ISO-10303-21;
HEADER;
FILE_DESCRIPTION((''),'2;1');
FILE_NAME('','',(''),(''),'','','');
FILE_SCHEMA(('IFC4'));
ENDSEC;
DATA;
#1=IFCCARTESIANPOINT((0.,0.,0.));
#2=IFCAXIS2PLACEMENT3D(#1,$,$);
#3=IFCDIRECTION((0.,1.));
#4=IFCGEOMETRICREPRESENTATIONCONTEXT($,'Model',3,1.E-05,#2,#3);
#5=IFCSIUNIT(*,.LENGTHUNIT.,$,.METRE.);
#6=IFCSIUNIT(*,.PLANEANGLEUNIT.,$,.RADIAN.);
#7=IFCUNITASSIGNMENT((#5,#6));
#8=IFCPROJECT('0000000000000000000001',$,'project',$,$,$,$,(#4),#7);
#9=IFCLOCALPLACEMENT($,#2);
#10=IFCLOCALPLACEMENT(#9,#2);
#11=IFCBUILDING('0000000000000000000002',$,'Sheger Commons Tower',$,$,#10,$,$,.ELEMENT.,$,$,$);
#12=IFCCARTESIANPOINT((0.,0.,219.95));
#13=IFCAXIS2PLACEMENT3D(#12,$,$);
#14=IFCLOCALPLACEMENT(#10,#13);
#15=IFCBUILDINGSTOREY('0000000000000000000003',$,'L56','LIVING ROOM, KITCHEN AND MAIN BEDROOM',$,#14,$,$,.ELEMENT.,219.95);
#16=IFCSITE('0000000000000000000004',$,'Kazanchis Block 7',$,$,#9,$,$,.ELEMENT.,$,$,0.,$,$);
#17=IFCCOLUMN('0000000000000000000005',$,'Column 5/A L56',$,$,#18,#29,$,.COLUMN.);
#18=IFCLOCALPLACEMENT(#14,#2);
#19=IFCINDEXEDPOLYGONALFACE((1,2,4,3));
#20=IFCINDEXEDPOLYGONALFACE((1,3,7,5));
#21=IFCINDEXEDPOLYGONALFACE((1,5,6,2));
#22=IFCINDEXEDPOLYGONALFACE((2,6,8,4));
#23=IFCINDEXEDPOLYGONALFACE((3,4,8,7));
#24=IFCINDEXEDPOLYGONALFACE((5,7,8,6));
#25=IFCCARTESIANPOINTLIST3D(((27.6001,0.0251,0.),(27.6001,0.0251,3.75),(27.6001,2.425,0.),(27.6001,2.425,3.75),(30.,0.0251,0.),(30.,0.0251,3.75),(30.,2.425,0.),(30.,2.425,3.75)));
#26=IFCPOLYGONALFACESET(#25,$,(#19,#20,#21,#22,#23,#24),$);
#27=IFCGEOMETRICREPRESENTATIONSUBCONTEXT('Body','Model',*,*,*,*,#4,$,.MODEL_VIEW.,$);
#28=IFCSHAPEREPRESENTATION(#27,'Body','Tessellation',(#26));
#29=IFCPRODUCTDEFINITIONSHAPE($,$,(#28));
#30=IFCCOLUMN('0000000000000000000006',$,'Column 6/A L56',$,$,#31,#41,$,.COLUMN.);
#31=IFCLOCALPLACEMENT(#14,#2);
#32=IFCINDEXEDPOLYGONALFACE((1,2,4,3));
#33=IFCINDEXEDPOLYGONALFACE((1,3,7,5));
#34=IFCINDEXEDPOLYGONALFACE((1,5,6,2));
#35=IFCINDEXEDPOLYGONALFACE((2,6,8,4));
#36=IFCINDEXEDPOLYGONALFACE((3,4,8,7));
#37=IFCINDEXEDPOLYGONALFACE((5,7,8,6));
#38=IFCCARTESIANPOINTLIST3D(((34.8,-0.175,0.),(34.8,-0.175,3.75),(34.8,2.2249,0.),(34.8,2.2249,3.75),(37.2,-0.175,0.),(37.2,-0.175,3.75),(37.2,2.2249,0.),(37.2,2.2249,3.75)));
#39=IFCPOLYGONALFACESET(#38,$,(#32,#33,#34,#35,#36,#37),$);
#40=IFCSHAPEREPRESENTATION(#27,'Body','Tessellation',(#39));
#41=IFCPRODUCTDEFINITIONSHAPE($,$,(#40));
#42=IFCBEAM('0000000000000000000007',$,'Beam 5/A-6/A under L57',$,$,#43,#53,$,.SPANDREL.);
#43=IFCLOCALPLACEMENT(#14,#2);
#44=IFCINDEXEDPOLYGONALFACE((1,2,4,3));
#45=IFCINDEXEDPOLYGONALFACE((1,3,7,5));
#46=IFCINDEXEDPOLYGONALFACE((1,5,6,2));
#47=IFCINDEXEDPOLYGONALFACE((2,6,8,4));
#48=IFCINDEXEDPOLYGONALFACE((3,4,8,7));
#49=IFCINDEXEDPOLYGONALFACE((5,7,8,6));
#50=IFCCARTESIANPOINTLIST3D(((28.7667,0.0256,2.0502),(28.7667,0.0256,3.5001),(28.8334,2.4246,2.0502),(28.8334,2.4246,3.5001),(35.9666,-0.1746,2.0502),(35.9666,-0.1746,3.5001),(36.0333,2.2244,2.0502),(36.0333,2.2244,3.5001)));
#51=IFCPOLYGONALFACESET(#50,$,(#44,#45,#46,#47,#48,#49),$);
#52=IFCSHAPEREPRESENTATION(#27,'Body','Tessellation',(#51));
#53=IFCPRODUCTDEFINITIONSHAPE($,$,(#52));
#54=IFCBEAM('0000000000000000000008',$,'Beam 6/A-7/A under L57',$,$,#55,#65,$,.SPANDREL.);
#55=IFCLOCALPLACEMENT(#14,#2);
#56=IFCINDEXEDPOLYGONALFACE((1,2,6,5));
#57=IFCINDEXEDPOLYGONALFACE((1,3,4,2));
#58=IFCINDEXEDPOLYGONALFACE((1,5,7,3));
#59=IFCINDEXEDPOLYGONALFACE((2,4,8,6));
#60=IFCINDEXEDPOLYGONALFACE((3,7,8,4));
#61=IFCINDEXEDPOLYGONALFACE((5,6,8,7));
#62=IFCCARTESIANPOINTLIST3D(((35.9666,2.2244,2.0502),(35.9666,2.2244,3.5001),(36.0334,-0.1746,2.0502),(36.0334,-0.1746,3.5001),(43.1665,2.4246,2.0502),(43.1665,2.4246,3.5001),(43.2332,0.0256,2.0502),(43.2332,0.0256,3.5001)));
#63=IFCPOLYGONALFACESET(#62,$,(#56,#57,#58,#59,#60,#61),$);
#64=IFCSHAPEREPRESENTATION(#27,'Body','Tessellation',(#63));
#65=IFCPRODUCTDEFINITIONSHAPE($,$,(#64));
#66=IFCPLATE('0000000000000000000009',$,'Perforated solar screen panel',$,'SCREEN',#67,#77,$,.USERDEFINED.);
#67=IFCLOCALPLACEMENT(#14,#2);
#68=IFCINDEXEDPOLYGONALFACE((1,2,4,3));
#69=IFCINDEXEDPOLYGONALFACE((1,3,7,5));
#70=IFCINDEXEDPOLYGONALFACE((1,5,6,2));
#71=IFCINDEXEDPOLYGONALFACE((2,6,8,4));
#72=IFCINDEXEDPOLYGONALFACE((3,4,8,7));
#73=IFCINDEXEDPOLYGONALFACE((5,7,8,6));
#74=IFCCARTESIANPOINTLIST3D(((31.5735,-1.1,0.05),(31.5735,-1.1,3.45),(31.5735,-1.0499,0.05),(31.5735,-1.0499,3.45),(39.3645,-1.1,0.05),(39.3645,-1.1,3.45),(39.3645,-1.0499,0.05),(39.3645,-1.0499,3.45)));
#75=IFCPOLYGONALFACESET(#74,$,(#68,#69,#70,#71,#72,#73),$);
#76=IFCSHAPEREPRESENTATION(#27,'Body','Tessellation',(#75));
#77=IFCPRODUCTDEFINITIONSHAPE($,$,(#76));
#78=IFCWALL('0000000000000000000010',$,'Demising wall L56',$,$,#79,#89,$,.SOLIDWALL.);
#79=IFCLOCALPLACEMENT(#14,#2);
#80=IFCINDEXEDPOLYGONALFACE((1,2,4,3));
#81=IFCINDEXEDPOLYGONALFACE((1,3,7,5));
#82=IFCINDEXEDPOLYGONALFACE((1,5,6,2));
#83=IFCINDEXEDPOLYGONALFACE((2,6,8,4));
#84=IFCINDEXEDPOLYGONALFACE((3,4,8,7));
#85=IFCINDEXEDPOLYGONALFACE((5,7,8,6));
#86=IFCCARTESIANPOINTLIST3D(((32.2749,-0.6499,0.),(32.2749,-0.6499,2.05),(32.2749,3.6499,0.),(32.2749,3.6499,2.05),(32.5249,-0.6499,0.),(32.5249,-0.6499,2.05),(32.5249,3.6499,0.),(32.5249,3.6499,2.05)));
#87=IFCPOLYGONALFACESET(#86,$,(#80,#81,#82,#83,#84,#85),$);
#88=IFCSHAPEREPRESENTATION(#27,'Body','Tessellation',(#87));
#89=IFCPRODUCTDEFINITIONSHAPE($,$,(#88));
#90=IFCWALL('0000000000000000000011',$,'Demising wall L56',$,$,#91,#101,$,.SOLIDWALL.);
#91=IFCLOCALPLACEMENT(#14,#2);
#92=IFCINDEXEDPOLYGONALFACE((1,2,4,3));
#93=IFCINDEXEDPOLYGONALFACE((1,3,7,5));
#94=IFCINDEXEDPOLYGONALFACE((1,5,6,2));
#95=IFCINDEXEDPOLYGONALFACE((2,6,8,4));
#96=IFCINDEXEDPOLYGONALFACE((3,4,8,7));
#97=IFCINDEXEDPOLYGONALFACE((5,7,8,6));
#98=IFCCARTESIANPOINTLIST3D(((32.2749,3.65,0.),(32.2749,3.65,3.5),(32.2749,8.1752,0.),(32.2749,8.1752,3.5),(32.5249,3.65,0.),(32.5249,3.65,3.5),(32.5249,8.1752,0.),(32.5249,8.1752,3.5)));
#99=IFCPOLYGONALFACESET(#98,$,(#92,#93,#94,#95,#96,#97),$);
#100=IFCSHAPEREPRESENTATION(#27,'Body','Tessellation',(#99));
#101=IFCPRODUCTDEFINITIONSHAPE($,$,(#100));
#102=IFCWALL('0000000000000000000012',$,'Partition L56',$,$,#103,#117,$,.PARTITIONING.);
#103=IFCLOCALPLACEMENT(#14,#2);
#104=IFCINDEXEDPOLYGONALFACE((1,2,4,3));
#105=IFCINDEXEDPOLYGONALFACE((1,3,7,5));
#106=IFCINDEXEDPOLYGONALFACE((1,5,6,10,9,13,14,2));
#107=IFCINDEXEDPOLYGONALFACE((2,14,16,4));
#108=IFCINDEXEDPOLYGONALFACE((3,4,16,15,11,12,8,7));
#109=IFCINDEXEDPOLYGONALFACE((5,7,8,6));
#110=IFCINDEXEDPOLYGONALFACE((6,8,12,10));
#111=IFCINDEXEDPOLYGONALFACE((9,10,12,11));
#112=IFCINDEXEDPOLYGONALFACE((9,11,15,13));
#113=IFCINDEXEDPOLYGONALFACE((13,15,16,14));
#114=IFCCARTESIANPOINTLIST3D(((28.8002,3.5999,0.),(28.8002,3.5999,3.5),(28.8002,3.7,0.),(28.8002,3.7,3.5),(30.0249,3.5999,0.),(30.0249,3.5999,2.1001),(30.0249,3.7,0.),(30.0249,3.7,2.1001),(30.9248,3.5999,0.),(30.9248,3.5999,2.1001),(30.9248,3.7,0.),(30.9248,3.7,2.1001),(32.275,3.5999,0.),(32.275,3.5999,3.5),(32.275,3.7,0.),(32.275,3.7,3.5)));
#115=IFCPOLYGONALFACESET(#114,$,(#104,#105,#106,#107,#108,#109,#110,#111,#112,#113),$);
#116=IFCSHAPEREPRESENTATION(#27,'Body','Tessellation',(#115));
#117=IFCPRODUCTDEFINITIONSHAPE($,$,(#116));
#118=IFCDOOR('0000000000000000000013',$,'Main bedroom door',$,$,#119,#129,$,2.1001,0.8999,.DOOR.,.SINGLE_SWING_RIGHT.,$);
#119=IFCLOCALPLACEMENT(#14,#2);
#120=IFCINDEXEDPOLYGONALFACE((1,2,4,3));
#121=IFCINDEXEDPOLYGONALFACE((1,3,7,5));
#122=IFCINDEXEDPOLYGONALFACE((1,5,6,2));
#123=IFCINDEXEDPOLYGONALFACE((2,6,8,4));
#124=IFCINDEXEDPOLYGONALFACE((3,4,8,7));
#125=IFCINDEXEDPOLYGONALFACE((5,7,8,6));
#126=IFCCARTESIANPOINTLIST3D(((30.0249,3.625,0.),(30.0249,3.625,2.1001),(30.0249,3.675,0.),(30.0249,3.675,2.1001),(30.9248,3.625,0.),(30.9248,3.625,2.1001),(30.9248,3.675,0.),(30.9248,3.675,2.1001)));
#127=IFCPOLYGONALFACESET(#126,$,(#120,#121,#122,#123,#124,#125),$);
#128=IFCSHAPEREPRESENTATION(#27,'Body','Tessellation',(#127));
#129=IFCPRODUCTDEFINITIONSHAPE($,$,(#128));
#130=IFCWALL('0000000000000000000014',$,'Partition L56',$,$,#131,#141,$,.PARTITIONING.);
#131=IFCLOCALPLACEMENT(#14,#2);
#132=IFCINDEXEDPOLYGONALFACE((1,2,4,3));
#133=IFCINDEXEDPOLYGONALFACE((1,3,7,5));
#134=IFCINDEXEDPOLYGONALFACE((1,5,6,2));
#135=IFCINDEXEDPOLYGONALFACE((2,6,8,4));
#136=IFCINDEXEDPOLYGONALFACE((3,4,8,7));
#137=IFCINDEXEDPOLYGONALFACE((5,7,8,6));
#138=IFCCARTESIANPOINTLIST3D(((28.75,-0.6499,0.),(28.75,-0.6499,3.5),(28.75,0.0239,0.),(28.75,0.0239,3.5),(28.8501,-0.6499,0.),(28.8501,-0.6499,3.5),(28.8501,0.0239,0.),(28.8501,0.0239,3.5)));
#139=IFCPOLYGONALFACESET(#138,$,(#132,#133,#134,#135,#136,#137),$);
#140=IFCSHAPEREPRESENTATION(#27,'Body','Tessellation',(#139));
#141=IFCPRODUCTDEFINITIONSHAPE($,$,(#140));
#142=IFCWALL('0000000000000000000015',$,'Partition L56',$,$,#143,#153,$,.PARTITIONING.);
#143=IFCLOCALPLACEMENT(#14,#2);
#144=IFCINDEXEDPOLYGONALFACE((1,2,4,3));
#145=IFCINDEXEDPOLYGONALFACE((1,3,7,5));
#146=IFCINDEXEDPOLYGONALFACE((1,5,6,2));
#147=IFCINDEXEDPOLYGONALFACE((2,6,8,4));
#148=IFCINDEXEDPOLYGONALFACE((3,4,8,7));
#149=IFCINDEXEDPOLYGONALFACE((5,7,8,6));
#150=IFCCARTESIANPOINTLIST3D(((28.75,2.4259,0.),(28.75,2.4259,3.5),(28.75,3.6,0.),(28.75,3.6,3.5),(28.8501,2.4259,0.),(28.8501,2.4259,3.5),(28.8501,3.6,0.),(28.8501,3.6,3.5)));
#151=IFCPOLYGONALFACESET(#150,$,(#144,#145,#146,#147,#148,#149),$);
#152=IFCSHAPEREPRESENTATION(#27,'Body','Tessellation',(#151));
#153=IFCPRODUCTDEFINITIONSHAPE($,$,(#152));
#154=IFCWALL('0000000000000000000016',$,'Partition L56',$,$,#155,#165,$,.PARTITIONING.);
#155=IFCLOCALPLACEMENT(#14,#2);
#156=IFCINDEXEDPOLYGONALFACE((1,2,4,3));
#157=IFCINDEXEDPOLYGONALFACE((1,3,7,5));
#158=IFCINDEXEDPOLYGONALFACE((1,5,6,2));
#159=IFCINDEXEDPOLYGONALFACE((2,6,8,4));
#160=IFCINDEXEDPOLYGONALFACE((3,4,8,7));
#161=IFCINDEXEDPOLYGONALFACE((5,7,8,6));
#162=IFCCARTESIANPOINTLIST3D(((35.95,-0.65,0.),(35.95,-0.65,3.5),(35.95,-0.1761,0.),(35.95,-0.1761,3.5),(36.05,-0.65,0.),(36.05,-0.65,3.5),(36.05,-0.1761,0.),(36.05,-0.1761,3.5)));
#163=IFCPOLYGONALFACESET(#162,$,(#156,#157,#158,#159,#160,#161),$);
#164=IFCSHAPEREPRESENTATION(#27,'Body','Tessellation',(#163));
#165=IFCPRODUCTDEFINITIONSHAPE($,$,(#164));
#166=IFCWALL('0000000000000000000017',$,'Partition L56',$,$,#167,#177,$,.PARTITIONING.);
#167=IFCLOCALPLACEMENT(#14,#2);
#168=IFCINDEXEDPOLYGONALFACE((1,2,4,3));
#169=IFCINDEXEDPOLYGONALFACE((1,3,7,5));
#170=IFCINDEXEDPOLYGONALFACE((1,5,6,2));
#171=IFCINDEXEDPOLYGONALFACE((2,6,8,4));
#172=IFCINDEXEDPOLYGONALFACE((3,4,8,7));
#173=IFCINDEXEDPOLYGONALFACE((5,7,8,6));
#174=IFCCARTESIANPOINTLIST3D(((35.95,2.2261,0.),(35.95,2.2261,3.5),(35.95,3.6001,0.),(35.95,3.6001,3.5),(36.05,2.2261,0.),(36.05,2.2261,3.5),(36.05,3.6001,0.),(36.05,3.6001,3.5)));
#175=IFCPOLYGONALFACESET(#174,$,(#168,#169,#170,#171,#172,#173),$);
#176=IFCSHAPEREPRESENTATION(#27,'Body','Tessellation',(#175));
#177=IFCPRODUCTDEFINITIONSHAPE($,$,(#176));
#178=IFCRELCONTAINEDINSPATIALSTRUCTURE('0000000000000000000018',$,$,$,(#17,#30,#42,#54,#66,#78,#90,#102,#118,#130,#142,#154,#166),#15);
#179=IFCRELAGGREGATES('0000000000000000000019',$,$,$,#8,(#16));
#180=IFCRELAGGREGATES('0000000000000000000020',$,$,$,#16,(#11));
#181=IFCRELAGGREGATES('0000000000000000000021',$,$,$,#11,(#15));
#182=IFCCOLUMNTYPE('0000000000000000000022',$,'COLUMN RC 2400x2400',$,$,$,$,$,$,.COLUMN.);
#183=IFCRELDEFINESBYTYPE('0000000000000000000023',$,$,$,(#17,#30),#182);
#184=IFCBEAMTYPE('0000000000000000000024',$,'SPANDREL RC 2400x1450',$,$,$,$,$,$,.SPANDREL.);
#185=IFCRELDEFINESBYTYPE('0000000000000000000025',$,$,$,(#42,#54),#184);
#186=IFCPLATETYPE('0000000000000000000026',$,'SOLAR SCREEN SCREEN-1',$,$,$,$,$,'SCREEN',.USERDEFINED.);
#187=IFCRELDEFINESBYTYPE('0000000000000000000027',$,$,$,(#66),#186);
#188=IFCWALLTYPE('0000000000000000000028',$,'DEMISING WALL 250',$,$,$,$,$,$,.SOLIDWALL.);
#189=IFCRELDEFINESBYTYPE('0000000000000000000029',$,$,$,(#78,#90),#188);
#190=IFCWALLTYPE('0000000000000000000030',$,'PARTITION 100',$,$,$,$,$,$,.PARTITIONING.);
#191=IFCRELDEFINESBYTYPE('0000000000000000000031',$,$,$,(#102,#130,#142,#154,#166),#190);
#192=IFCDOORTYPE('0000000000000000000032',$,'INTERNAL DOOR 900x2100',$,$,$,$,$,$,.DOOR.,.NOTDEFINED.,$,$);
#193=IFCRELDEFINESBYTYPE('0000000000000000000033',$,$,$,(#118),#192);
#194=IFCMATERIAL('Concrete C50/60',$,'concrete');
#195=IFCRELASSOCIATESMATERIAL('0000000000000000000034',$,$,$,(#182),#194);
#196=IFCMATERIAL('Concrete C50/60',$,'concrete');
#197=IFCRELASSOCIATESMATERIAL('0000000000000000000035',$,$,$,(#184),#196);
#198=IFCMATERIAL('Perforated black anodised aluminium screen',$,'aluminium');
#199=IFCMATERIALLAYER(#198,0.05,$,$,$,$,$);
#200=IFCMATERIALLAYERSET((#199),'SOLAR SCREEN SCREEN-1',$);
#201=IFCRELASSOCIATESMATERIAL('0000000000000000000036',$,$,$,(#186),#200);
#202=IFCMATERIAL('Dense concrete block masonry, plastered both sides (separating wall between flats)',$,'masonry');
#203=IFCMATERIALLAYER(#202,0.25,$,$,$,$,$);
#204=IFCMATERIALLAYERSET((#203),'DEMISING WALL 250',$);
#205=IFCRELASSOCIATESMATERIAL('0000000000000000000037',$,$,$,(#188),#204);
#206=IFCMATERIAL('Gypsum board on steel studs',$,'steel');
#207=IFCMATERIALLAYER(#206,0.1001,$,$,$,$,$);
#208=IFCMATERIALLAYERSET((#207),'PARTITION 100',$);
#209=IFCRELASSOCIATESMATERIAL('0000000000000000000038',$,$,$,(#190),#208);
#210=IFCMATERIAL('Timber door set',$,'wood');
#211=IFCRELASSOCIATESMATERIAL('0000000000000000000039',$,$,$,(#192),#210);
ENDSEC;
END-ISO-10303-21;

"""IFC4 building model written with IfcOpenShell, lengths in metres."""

from ifc_helpers import new_model, si_unit, direction, frame, frame_2d, origin, origin_2d, place, context, subcontext, project, spatial, rectangle, extrude, material, layer, layer_set, material_profile, profile_set, type_object, element, fill, save


model = new_model("IFC4")

# Units and contexts
model_context = context("Model", 3, precision=1e-05, world=origin(), true_north=direction((0.0, 1.0)))
body_context = subcontext(model_context, "Body", "Model", "MODEL_VIEW")
ifc_project = project(units=[si_unit("LENGTHUNIT", "METRE"), si_unit("PLANEANGLEUNIT", "RADIAN")], contexts=[model_context])

# Site, building, storey
site_placement = place(None, origin())
site = spatial("IfcSite", under=ifc_project, at=site_placement, Name="Kazanchis Block 7", CompositionType="ELEMENT", RefElevation=0.0)
building_placement = place(site_placement, origin())
building = spatial("IfcBuilding", under=site, at=building_placement, Name="Sheger Commons Tower", CompositionType="ELEMENT")
storey_placement = place(building_placement, frame((0.0, 0.0, 219.95)))
storey = spatial("IfcBuildingStorey", under=building, at=storey_placement, Name="L56", Description="LIVING ROOM, KITCHEN AND MAIN BEDROOM", CompositionType="ELEMENT", Elevation=219.95)

# Columns
ifc_material_1 = material(Name="Concrete C50/60", Category="concrete")
ifc_material_profile_1 = material_profile(ifc_material_1, rectangle(XDim=2.3999, YDim=2.3999, at=origin_2d()), Name="RC 2400x2400")
ifc_profile_set_1 = profile_set([ifc_material_profile_1], Name="Concrete C50/60")
column_type = type_object("IfcColumnType", Name="COLUMN RC 2400x2400", PredefinedType="COLUMN", material=ifc_profile_set_1)
for number, where, z_axis, x_axis, name in (
    (1, (28.8, 1.2251, 0.0), (0.0, 0.0, 1.0), (1.0, 0.0, 0.0), "Column 5/A L56"),
    (2, (36.0, 1.0249, 0.0), (0.0, 0.0, 1.0), (1.0, 0.0, 0.0), "Column 6/A L56"),
):
    element("IfcColumn", number, at=place(storey_placement, frame(where, z_axis=z_axis, x_axis=x_axis)), inside=storey, type_object=column_type, Name=name, PredefinedType="COLUMN", context=body_context, shape_type="SweptSolid", body=[
        extrude(rectangle(XDim=2.3999, YDim=2.3999, at=origin_2d()), origin(), (0.0, 0.0, 1.0), 3.75),
    ])

# Beams
ifc_material_2 = material(Name="Concrete C50/60", Category="concrete")
ifc_material_profile_2 = material_profile(ifc_material_2, rectangle(XDim=2.3999, YDim=1.45, at=origin_2d()), Name="RC 2400x1450")
ifc_profile_set_2 = profile_set([ifc_material_profile_2], Name="Concrete C50/60")
beam_type = type_object("IfcBeamType", Name="SPANDREL RC 2400x1450", PredefinedType="SPANDREL", material=ifc_profile_set_2)
for number, where, z_axis, x_axis, name in (
    (3, (28.8, 1.2251, 2.7751), (0.999614, -0.027794, 0.0), (0.027794, 0.999614, 0.0), "Beam 5/A-6/A under L57"),
    (4, (36.0, 1.0249, 2.7751), (0.999614, 0.027794, 0.0), (-0.027794, 0.999614, 0.0), "Beam 6/A-7/A under L57"),
):
    element("IfcBeam", number, at=place(storey_placement, frame(where, z_axis=z_axis, x_axis=x_axis)), inside=storey, type_object=beam_type, Name=name, PredefinedType="SPANDREL", context=body_context, shape_type="SweptSolid", body=[
        extrude(rectangle(XDim=2.3999, YDim=1.45, at=origin_2d()), origin(), (0.0, 0.0, 1.0), 7.2026),
    ])

# Plate
ifc_material_3 = material(Name="Perforated black anodised aluminium screen", Category="aluminium")
ifc_layer_1 = layer(ifc_material_3, 0.05)
ifc_layer_set_1 = layer_set([ifc_layer_1], Name="SOLAR SCREEN SCREEN-1")
plate_type = type_object("IfcPlateType", Name="SOLAR SCREEN SCREEN-1", ElementType="SCREEN", PredefinedType="USERDEFINED", material=ifc_layer_set_1)
plate_placement = place(storey_placement, frame((35.469, -1.075, 0.05), z_axis=(0.0, 0.0, 1.0), x_axis=(1.0, 0.0, 0.0)))
element("IfcPlate", 5, at=plate_placement, inside=storey, type_object=plate_type, Name="Perforated solar screen panel", ObjectType="SCREEN", PredefinedType="USERDEFINED", context=body_context, shape_type="SweptSolid", body=[
    extrude(rectangle(XDim=7.791, YDim=0.05, at=origin_2d()), origin(), (0.0, 0.0, 1.0), 3.3999),
])

# Walls
ifc_material_4 = material(Name="Dense concrete block masonry, plastered both sides (separating wall between flats)", Category="masonry")
ifc_layer_2 = layer(ifc_material_4, 0.25)
ifc_layer_set_2 = layer_set([ifc_layer_2], Name="DEMISING WALL 250")
wall_type_1 = type_object("IfcWallType", Name="DEMISING WALL 250", PredefinedType="SOLIDWALL", material=ifc_layer_set_2)
wall_1_placement = place(storey_placement, frame((32.3999, -0.6499, 0.0), z_axis=(0.0, 0.0, 1.0), x_axis=(0.0, 1.0, 0.0)))
element("IfcWall", 6, at=wall_1_placement, inside=storey, type_object=wall_type_1, Name="Demising wall L56", PredefinedType="SOLIDWALL", context=body_context, shape_type="SweptSolid", body=[
    extrude(rectangle(XDim=4.2998, YDim=0.25, at=frame_2d((2.1499, 0.0))), origin(), (0.0, 0.0, 1.0), 2.05),
])
wall_2_placement = place(storey_placement, frame((32.3999, 3.6499, 0.0), z_axis=(0.0, 0.0, 1.0), x_axis=(0.0, 1.0, 0.0)))
element("IfcWall", 7, at=wall_2_placement, inside=storey, type_object=wall_type_1, Name="Demising wall L56", PredefinedType="SOLIDWALL", context=body_context, shape_type="SweptSolid", body=[
    extrude(rectangle(XDim=4.5251, YDim=0.25, at=frame_2d((2.2627, 0.0))), origin(), (0.0, 0.0, 1.0), 3.5),
])

# Wall, opening, door
ifc_material_5 = material(Name="Gypsum board on steel studs", Category="steel")
ifc_layer_3 = layer(ifc_material_5, 0.1001)
ifc_layer_set_3 = layer_set([ifc_layer_3], Name="PARTITION 100")
wall_type_2 = type_object("IfcWallType", Name="PARTITION 100", PredefinedType="PARTITIONING", material=ifc_layer_set_3)
wall_3_placement = place(storey_placement, frame((32.2749, 3.6499, 0.0), z_axis=(0.0, 0.0, 1.0), x_axis=(-1.0, 0.0, 0.0)))
wall_3 = element("IfcWall", 8, at=wall_3_placement, inside=storey, type_object=wall_type_2, Name="Partition L56", PredefinedType="PARTITIONING", context=body_context, shape_type="SweptSolid", body=[
    extrude(rectangle(XDim=3.4749, YDim=0.1001, at=frame_2d((1.7373, 0.0))), origin(), (0.0, 0.0, 1.0), 3.5),
])
opening_placement = place(wall_3_placement, frame((1.3501, 0.0, 0.0)))
opening = element("IfcOpeningElement", 9, at=opening_placement, cuts=wall_3, PredefinedType="OPENING", context=body_context, shape_type="SweptSolid", body=[
    extrude(rectangle(XDim=0.8999, YDim=2.1001, at=frame_2d((0.45, 1.05))), frame((0.0, 0.0601, 0.0), z_axis=(0.0, -1.0, 0.0), x_axis=(1.0, 0.0, 0.0)), (0.0, 0.0, 1.0), 0.1201),
])
ifc_material_6 = material(Name="Timber door set", Category="wood")
door_type = type_object("IfcDoorType", Name="INTERNAL DOOR 900x2100", OperationType="NOTDEFINED", PredefinedType="DOOR", material=ifc_material_6)
door_placement = place(opening_placement, origin())
door = element("IfcDoor", 10, at=door_placement, inside=storey, type_object=door_type, Name="Main bedroom door", OperationType="SINGLE_SWING_RIGHT", OverallHeight=2.1001, OverallWidth=0.8999, PredefinedType="DOOR", context=body_context, shape_type="SweptSolid", body=[
    extrude(rectangle(XDim=0.8999, YDim=2.1001, at=frame_2d((0.45, 1.05))), frame((0.0, 0.0249, 0.0), z_axis=(0.0, -1.0, 0.0), x_axis=(1.0, 0.0, 0.0)), (0.0, 0.0, 1.0), 0.05),
])
fill(opening, door)

# Walls
wall_4_placement = place(storey_placement, frame((28.8, -0.6499, 0.0), z_axis=(0.0, 0.0, 1.0), x_axis=(0.0, 1.0, 0.0)))
element("IfcWall", 11, at=wall_4_placement, inside=storey, type_object=wall_type_2, Name="Partition L56", PredefinedType="PARTITIONING", context=body_context, shape_type="SweptSolid", body=[
    extrude(rectangle(XDim=0.6738, YDim=0.1001, at=frame_2d((0.3369, 0.0))), origin(), (0.0, 0.0, 1.0), 3.5),
])
wall_5_placement = place(storey_placement, frame((28.8, 2.426, 0.0), z_axis=(0.0, 0.0, 1.0), x_axis=(0.0, 1.0, 0.0)))
element("IfcWall", 12, at=wall_5_placement, inside=storey, type_object=wall_type_2, Name="Partition L56", PredefinedType="PARTITIONING", context=body_context, shape_type="SweptSolid", body=[
    extrude(rectangle(XDim=1.1741, YDim=0.1001, at=frame_2d((0.5869, 0.0))), origin(), (0.0, 0.0, 1.0), 3.5),
])
wall_6_placement = place(storey_placement, frame((36.0, -0.6499, 0.0), z_axis=(0.0, 0.0, 1.0), x_axis=(0.0, 1.0, 0.0)))
element("IfcWall", 13, at=wall_6_placement, inside=storey, type_object=wall_type_2, Name="Partition L56", PredefinedType="PARTITIONING", context=body_context, shape_type="SweptSolid", body=[
    extrude(rectangle(XDim=0.4739, YDim=0.1001, at=frame_2d((0.2368, 0.0))), origin(), (0.0, 0.0, 1.0), 3.5),
])
wall_7_placement = place(storey_placement, frame((36.0, 2.2261, 0.0), z_axis=(0.0, 0.0, 1.0), x_axis=(0.0, 1.0, 0.0)))
element("IfcWall", 14, at=wall_7_placement, inside=storey, type_object=wall_type_2, Name="Partition L56", PredefinedType="PARTITIONING", context=body_context, shape_type="SweptSolid", body=[
    extrude(rectangle(XDim=1.374, YDim=0.1001, at=frame_2d((0.687, 0.0))), origin(), (0.0, 0.0, 1.0), 3.5),
])

save(model, "model.ifc")
